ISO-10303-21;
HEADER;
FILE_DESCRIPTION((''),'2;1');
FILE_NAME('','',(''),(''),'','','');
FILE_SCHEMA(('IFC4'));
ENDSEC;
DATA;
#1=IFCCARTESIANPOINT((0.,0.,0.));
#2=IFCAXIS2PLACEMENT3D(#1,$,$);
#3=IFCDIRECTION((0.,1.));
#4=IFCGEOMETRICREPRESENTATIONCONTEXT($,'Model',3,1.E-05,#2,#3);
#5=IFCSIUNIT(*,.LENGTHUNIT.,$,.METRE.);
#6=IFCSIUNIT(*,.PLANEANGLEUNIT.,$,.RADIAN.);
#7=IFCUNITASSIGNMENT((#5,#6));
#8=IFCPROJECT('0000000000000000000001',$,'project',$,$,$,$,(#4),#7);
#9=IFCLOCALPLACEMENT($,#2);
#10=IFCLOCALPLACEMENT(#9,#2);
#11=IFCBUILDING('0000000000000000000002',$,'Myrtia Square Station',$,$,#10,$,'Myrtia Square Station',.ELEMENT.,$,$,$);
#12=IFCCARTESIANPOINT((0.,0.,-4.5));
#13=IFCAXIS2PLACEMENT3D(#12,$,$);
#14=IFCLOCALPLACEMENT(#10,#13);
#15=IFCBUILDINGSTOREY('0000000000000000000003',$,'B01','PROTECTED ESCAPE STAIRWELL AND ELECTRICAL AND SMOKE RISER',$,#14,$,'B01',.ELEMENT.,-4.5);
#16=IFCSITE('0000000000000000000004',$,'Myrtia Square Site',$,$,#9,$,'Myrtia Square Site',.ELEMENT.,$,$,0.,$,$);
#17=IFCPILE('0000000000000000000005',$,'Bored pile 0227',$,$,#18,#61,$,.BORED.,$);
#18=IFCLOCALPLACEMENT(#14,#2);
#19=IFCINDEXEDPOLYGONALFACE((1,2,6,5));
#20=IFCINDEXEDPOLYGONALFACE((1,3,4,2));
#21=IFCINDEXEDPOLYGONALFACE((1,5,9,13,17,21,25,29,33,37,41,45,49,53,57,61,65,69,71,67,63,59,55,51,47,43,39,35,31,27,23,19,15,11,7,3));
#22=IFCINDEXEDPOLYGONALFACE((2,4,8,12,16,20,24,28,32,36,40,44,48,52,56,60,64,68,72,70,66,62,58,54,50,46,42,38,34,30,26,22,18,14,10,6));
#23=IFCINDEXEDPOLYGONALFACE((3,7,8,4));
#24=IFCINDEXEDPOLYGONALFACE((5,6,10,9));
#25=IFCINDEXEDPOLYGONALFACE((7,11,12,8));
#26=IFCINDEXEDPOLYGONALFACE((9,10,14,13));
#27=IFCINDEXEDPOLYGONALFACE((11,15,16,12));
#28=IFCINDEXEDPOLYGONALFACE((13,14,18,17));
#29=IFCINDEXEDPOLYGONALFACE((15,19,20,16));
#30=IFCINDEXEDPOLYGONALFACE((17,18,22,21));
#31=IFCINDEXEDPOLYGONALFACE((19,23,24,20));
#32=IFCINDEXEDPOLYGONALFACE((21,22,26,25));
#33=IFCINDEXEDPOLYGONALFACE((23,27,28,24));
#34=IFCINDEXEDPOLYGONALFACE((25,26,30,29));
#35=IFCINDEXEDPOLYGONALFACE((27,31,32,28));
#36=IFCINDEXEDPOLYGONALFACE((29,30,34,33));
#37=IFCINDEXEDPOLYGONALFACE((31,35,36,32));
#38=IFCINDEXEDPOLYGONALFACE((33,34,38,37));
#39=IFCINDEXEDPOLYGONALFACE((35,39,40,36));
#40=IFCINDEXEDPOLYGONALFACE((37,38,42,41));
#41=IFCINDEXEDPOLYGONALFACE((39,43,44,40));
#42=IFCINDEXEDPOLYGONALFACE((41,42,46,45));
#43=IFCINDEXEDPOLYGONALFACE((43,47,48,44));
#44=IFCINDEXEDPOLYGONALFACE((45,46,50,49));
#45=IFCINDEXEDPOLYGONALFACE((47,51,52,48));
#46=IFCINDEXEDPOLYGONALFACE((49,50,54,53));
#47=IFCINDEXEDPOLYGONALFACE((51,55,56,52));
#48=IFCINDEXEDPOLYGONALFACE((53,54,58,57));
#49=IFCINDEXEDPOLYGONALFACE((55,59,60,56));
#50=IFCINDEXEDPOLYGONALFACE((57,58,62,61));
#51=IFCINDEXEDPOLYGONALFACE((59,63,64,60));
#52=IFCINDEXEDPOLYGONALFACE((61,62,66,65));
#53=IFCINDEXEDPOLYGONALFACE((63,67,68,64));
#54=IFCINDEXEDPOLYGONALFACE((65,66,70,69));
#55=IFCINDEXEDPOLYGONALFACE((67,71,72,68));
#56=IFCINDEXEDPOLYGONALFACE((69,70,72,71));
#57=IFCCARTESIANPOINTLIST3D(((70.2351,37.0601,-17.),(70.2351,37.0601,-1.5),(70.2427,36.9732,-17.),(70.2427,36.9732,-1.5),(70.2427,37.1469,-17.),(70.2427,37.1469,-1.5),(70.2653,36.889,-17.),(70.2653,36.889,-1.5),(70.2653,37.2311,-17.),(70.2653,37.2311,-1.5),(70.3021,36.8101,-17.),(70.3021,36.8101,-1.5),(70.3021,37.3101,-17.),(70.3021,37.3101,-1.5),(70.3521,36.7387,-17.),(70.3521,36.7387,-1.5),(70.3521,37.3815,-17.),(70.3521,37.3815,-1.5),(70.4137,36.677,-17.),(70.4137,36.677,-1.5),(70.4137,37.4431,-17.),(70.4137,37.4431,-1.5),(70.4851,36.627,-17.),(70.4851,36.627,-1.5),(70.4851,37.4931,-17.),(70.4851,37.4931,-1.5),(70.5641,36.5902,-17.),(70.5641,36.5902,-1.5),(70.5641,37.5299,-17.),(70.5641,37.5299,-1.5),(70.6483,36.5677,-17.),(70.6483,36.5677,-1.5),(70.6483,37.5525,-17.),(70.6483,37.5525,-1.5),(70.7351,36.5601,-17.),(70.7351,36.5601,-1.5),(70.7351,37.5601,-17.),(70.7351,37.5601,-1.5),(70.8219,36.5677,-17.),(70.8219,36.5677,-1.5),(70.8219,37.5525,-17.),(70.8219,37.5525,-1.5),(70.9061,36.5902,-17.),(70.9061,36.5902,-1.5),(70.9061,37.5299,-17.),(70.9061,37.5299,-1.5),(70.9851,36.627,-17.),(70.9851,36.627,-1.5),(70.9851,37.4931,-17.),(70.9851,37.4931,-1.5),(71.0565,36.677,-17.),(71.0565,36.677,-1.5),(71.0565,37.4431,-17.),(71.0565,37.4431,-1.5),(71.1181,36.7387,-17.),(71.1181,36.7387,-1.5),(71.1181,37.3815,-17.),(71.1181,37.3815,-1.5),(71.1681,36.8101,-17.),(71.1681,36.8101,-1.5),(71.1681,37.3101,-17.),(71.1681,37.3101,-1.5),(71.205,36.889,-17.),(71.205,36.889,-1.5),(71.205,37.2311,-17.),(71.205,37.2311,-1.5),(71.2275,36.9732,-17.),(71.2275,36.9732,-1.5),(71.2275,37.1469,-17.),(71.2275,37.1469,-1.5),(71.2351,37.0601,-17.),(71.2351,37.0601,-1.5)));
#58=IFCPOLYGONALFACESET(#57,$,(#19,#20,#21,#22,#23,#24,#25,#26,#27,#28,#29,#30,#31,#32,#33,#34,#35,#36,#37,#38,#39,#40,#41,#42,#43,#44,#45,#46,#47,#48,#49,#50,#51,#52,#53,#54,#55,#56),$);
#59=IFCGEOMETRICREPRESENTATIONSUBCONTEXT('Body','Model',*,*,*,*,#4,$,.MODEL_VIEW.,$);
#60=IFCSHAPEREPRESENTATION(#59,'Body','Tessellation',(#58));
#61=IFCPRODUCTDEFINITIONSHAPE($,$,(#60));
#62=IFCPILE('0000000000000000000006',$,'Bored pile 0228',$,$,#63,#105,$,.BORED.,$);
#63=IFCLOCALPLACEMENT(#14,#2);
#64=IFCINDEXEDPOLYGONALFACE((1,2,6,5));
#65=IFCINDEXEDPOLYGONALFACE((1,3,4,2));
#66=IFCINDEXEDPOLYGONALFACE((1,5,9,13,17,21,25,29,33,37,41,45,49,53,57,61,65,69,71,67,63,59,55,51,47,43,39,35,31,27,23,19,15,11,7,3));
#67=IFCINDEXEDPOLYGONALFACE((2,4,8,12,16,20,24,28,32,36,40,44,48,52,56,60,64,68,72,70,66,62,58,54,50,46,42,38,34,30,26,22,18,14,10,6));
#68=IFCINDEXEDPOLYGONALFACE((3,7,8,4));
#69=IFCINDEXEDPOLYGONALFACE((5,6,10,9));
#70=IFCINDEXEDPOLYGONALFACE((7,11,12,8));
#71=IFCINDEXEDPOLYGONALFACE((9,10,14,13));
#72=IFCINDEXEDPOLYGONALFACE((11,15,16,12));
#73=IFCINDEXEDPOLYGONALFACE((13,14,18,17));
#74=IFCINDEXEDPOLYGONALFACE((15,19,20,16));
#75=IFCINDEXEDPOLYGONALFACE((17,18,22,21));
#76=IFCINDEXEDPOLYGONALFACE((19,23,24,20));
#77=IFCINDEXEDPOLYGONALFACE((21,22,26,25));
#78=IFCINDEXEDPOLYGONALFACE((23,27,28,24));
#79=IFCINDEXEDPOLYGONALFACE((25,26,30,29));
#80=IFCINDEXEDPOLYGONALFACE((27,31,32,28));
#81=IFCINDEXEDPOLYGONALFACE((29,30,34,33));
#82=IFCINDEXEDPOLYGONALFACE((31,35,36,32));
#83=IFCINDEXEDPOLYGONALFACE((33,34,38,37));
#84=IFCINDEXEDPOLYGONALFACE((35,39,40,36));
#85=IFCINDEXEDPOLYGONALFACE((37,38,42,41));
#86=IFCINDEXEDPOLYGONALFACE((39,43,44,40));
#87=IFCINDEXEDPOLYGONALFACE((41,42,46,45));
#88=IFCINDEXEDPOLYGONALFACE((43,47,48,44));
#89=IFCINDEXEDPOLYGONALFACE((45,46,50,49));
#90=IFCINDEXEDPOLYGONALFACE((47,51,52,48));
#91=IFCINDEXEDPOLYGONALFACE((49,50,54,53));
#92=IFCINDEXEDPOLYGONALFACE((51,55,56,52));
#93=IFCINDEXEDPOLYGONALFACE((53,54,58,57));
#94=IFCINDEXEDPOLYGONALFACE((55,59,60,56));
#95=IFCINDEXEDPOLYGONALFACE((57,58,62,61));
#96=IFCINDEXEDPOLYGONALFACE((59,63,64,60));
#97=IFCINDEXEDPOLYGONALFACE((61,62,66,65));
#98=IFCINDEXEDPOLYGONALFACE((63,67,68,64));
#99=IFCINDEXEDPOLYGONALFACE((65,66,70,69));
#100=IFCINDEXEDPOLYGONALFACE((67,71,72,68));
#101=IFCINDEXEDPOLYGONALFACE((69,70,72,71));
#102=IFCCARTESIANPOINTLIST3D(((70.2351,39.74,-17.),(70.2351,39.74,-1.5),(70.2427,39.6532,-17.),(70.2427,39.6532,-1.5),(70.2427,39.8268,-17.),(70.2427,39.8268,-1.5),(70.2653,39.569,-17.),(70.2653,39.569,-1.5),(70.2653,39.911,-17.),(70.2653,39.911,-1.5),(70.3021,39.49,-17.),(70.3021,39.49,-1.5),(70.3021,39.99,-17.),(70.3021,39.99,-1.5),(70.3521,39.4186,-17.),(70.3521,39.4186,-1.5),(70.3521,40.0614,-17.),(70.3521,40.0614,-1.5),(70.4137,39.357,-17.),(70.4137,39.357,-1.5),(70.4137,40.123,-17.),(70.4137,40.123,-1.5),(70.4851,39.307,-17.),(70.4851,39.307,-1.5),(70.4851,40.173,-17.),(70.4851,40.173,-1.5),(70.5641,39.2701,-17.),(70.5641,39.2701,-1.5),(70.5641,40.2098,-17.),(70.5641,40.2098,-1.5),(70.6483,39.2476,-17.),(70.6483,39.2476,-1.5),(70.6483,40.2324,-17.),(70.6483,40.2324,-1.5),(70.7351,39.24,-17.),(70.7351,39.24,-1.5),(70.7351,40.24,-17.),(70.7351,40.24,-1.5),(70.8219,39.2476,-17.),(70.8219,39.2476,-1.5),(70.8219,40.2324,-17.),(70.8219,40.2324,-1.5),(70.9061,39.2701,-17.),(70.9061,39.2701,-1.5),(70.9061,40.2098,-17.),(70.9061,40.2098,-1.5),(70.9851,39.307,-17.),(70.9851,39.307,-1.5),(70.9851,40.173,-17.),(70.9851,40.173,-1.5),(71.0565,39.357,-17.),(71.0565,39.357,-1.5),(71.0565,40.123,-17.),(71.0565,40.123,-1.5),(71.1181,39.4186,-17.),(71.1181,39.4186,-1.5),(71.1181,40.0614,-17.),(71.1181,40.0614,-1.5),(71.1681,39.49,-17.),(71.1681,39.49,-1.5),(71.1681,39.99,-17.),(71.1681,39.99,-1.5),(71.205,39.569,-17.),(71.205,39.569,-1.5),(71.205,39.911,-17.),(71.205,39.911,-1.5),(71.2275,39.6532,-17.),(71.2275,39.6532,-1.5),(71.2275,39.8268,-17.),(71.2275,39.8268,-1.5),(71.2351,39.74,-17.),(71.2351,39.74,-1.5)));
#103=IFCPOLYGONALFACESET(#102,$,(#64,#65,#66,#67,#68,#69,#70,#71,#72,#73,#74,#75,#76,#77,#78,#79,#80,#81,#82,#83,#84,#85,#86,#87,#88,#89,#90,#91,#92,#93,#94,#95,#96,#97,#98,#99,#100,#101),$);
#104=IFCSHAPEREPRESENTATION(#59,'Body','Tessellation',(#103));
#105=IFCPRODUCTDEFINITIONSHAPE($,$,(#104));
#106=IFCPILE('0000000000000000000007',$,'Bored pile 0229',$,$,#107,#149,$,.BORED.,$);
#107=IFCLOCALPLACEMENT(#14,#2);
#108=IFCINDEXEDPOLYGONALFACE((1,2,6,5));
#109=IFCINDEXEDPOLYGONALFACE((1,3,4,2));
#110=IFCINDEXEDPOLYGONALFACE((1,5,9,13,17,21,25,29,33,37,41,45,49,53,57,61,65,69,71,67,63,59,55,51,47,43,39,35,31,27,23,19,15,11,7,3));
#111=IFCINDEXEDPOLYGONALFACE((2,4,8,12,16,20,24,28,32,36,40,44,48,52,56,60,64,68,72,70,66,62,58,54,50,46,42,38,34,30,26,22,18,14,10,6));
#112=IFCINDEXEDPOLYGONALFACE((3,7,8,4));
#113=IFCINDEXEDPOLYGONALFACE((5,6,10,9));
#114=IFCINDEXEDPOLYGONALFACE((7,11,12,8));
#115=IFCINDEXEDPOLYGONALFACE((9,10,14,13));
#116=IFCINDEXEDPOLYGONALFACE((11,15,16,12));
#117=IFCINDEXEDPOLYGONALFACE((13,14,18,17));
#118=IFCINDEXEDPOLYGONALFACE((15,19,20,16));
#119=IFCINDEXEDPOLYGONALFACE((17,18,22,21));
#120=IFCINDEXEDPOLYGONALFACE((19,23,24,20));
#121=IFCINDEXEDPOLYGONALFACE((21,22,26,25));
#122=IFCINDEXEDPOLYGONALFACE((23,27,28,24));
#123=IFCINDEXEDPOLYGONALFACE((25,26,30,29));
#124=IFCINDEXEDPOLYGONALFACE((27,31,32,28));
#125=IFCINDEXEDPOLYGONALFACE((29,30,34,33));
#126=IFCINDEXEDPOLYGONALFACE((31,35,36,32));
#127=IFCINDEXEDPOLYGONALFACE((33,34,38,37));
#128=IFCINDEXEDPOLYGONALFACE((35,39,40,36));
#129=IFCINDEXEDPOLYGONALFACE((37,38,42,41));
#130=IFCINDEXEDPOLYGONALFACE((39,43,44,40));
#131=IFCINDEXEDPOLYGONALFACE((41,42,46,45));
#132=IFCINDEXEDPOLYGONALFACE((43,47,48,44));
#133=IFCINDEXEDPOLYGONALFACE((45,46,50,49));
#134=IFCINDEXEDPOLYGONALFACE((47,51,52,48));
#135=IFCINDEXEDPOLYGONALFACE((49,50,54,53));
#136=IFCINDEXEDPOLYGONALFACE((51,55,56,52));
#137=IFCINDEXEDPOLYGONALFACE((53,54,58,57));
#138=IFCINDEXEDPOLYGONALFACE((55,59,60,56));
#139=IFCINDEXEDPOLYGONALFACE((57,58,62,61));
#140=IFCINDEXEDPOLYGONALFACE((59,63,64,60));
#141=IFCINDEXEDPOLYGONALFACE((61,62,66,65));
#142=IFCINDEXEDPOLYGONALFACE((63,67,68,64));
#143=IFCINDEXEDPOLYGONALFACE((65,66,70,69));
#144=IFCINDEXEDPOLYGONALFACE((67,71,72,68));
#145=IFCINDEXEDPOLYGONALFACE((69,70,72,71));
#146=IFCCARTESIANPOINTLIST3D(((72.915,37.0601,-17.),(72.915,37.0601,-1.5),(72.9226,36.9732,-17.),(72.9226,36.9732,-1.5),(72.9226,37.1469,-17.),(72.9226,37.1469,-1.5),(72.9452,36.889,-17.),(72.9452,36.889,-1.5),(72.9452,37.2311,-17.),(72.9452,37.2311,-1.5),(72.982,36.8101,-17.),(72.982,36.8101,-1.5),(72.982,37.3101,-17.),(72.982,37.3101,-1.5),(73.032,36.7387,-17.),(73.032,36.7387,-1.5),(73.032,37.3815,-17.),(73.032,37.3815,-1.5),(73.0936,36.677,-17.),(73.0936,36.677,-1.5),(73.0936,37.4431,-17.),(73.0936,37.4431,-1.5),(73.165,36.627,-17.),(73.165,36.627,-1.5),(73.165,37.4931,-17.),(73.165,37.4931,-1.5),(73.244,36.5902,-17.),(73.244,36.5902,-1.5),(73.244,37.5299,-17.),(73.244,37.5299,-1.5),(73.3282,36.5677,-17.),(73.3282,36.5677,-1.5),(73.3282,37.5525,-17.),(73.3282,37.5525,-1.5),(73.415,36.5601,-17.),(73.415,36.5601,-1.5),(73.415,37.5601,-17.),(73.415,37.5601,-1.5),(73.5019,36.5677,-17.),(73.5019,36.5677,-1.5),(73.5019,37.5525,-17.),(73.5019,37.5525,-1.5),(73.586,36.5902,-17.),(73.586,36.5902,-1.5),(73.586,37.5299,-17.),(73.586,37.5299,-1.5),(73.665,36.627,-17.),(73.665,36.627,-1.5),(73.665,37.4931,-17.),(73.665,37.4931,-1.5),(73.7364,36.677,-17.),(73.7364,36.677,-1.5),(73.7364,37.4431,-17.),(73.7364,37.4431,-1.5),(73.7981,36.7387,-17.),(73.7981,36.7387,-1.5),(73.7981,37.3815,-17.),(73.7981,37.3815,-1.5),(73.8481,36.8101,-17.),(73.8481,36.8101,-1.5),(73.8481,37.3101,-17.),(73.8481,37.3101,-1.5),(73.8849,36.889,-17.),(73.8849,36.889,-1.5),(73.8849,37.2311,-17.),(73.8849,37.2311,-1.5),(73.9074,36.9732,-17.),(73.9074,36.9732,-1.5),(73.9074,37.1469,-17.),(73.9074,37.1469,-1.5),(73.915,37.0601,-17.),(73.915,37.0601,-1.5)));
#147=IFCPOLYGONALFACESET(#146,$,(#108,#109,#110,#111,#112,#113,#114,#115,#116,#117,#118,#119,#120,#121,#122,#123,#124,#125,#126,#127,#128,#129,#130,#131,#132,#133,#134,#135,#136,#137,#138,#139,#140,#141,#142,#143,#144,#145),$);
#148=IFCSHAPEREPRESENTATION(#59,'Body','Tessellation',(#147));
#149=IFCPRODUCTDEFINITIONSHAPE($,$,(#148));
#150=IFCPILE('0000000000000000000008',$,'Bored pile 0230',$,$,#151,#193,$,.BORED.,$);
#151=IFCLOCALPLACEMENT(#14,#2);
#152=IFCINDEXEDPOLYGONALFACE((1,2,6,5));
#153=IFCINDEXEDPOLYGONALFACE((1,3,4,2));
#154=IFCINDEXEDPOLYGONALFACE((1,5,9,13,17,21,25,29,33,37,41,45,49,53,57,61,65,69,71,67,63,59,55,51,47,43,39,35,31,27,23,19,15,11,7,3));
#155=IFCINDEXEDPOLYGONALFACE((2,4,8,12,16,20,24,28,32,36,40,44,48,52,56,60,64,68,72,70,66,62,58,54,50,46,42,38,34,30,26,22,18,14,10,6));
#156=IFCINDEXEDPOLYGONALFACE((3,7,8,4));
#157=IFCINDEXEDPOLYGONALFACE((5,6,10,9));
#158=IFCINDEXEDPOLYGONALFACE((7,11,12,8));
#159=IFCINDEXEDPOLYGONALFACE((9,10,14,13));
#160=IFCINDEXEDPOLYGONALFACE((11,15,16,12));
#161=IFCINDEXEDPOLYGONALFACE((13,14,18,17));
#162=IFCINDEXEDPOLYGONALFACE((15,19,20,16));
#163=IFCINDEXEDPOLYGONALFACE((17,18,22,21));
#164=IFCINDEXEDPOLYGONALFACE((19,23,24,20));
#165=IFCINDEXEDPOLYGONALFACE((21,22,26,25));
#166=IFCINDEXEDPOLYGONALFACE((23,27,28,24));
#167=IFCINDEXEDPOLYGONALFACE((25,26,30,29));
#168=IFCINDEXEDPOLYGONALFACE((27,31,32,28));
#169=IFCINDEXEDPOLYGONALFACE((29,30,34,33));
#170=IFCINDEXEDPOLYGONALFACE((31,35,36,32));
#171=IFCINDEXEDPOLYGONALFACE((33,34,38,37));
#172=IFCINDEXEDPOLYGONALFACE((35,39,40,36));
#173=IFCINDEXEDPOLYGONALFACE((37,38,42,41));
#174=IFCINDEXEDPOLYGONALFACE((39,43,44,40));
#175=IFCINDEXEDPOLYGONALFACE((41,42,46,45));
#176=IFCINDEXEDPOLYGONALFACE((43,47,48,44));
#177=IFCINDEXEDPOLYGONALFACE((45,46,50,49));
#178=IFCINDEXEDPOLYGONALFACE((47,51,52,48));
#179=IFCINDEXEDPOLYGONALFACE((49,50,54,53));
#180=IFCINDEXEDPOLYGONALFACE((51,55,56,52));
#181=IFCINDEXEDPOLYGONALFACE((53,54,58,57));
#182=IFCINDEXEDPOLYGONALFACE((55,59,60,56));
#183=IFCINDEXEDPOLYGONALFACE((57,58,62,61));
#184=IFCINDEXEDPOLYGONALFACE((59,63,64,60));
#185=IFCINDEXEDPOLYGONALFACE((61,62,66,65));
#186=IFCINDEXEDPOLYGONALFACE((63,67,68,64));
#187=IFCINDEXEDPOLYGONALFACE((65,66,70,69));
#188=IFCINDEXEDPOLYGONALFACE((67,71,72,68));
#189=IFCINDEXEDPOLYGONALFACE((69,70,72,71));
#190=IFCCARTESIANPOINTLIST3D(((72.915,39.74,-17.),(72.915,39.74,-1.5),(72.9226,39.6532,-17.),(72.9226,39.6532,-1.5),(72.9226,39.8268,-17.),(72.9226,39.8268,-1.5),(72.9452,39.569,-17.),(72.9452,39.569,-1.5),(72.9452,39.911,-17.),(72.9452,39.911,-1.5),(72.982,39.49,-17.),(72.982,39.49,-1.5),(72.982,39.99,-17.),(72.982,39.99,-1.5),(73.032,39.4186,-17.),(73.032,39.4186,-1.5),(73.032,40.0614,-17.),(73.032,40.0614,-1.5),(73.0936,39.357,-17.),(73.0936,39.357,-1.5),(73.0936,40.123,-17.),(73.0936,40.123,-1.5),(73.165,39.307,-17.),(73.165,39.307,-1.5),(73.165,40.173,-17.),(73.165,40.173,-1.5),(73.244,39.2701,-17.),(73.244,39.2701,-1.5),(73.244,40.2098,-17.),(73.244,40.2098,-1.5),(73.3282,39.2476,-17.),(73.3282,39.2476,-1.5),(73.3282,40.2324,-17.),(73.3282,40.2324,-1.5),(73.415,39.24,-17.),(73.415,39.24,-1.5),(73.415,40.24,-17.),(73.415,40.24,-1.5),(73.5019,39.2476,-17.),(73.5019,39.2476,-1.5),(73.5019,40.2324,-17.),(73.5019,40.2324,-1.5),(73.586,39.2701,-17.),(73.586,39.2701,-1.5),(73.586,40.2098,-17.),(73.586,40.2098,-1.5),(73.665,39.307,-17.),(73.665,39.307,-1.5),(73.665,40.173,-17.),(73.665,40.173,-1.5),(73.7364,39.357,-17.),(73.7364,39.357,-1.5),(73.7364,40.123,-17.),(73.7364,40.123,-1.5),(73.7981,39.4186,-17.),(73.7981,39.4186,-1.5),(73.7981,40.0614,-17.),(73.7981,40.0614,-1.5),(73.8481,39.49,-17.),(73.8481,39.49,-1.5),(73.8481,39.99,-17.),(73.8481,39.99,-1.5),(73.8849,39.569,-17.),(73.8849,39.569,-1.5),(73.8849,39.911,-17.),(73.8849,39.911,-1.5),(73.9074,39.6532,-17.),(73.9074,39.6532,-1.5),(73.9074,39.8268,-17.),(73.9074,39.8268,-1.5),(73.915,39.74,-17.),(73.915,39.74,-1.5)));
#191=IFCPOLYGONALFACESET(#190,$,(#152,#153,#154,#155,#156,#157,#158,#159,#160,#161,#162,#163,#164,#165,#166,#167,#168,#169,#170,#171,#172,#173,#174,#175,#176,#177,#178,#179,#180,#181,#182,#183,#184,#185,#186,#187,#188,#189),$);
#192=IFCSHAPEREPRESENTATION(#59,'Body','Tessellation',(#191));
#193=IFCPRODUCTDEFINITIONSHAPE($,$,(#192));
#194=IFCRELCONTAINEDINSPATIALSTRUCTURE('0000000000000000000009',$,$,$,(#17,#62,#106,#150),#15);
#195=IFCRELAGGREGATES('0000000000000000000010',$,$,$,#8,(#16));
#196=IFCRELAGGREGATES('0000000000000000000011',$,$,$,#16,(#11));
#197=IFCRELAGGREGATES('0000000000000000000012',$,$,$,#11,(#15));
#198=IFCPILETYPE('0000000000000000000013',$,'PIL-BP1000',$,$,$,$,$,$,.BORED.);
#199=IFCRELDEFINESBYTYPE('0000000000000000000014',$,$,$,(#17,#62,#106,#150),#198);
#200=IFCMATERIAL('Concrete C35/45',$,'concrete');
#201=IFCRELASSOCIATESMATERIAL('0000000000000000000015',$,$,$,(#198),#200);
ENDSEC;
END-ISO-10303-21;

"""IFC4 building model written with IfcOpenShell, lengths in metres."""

from ifc_helpers import new_model, si_unit, direction, frame, origin, origin_2d, place, context, subcontext, project, spatial, circle, extrude, material, material_profile, profile_set, type_object, element, save


model = new_model("IFC4")

# Units and contexts
model_context = context("Model", 3, precision=1e-05, world=origin(), true_north=direction((0.0, 1.0)))
body_context = subcontext(model_context, "Body", "Model", "MODEL_VIEW")
ifc_project = project(units=[si_unit("LENGTHUNIT", "METRE"), si_unit("PLANEANGLEUNIT", "RADIAN")], contexts=[model_context])

# Site, building, storey
site_placement = place(None, origin())
site = spatial("IfcSite", under=ifc_project, at=site_placement, Name="Myrtia Square Site", LongName="Myrtia Square Site", CompositionType="ELEMENT", RefElevation=0.0)
building_placement = place(site_placement, origin())
building = spatial("IfcBuilding", under=site, at=building_placement, Name="Myrtia Square Station", LongName="Myrtia Square Station", CompositionType="ELEMENT")
storey_placement = place(building_placement, frame((0.0, 0.0, -4.5)))
storey = spatial("IfcBuildingStorey", under=building, at=storey_placement, Name="B01", Description="PROTECTED ESCAPE STAIRWELL AND ELECTRICAL AND SMOKE RISER", LongName="B01", CompositionType="ELEMENT", Elevation=-4.5)

# Shared definitions
ifc_material_1 = material(Name="Concrete C35/45", Category="concrete")

# Piles
ifc_material_profile_1 = material_profile(ifc_material_1, circle(Radius=0.5, at=origin_2d()), Name="BP D1000")
ifc_profile_set_1 = profile_set([ifc_material_profile_1], Name="Concrete C35/45")
pile_type_1 = type_object("IfcPileType", Name="PIL-BP1000", PredefinedType="BORED", material=ifc_profile_set_1)
for number, where, z_axis, x_axis, name in (
    (1, (70.7351, 37.0601, -1.5), (0.0, 0.0, -1.0), (1.0, 0.0, 0.0), "Bored pile 0227"),
    (2, (70.7351, 39.74, -1.5), (0.0, 0.0, -1.0), (1.0, 0.0, 0.0), "Bored pile 0228"),
    (3, (73.415, 37.0601, -1.5), (0.0, 0.0, -1.0), (1.0, 0.0, 0.0), "Bored pile 0229"),
    (4, (73.415, 39.74, -1.5), (0.0, 0.0, -1.0), (1.0, 0.0, 0.0), "Bored pile 0230"),
):
    element("IfcPile", number, at=place(storey_placement, frame(where, z_axis=z_axis, x_axis=x_axis)), inside=storey, type_object=pile_type_1, Name=name, PredefinedType="BORED", context=body_context, shape_type="SweptSolid", body=[
        extrude(circle(Radius=0.5, at=origin_2d()), origin(), (0.0, 0.0, 1.0), 15.5),
    ])

save(model, "model.ifc")
